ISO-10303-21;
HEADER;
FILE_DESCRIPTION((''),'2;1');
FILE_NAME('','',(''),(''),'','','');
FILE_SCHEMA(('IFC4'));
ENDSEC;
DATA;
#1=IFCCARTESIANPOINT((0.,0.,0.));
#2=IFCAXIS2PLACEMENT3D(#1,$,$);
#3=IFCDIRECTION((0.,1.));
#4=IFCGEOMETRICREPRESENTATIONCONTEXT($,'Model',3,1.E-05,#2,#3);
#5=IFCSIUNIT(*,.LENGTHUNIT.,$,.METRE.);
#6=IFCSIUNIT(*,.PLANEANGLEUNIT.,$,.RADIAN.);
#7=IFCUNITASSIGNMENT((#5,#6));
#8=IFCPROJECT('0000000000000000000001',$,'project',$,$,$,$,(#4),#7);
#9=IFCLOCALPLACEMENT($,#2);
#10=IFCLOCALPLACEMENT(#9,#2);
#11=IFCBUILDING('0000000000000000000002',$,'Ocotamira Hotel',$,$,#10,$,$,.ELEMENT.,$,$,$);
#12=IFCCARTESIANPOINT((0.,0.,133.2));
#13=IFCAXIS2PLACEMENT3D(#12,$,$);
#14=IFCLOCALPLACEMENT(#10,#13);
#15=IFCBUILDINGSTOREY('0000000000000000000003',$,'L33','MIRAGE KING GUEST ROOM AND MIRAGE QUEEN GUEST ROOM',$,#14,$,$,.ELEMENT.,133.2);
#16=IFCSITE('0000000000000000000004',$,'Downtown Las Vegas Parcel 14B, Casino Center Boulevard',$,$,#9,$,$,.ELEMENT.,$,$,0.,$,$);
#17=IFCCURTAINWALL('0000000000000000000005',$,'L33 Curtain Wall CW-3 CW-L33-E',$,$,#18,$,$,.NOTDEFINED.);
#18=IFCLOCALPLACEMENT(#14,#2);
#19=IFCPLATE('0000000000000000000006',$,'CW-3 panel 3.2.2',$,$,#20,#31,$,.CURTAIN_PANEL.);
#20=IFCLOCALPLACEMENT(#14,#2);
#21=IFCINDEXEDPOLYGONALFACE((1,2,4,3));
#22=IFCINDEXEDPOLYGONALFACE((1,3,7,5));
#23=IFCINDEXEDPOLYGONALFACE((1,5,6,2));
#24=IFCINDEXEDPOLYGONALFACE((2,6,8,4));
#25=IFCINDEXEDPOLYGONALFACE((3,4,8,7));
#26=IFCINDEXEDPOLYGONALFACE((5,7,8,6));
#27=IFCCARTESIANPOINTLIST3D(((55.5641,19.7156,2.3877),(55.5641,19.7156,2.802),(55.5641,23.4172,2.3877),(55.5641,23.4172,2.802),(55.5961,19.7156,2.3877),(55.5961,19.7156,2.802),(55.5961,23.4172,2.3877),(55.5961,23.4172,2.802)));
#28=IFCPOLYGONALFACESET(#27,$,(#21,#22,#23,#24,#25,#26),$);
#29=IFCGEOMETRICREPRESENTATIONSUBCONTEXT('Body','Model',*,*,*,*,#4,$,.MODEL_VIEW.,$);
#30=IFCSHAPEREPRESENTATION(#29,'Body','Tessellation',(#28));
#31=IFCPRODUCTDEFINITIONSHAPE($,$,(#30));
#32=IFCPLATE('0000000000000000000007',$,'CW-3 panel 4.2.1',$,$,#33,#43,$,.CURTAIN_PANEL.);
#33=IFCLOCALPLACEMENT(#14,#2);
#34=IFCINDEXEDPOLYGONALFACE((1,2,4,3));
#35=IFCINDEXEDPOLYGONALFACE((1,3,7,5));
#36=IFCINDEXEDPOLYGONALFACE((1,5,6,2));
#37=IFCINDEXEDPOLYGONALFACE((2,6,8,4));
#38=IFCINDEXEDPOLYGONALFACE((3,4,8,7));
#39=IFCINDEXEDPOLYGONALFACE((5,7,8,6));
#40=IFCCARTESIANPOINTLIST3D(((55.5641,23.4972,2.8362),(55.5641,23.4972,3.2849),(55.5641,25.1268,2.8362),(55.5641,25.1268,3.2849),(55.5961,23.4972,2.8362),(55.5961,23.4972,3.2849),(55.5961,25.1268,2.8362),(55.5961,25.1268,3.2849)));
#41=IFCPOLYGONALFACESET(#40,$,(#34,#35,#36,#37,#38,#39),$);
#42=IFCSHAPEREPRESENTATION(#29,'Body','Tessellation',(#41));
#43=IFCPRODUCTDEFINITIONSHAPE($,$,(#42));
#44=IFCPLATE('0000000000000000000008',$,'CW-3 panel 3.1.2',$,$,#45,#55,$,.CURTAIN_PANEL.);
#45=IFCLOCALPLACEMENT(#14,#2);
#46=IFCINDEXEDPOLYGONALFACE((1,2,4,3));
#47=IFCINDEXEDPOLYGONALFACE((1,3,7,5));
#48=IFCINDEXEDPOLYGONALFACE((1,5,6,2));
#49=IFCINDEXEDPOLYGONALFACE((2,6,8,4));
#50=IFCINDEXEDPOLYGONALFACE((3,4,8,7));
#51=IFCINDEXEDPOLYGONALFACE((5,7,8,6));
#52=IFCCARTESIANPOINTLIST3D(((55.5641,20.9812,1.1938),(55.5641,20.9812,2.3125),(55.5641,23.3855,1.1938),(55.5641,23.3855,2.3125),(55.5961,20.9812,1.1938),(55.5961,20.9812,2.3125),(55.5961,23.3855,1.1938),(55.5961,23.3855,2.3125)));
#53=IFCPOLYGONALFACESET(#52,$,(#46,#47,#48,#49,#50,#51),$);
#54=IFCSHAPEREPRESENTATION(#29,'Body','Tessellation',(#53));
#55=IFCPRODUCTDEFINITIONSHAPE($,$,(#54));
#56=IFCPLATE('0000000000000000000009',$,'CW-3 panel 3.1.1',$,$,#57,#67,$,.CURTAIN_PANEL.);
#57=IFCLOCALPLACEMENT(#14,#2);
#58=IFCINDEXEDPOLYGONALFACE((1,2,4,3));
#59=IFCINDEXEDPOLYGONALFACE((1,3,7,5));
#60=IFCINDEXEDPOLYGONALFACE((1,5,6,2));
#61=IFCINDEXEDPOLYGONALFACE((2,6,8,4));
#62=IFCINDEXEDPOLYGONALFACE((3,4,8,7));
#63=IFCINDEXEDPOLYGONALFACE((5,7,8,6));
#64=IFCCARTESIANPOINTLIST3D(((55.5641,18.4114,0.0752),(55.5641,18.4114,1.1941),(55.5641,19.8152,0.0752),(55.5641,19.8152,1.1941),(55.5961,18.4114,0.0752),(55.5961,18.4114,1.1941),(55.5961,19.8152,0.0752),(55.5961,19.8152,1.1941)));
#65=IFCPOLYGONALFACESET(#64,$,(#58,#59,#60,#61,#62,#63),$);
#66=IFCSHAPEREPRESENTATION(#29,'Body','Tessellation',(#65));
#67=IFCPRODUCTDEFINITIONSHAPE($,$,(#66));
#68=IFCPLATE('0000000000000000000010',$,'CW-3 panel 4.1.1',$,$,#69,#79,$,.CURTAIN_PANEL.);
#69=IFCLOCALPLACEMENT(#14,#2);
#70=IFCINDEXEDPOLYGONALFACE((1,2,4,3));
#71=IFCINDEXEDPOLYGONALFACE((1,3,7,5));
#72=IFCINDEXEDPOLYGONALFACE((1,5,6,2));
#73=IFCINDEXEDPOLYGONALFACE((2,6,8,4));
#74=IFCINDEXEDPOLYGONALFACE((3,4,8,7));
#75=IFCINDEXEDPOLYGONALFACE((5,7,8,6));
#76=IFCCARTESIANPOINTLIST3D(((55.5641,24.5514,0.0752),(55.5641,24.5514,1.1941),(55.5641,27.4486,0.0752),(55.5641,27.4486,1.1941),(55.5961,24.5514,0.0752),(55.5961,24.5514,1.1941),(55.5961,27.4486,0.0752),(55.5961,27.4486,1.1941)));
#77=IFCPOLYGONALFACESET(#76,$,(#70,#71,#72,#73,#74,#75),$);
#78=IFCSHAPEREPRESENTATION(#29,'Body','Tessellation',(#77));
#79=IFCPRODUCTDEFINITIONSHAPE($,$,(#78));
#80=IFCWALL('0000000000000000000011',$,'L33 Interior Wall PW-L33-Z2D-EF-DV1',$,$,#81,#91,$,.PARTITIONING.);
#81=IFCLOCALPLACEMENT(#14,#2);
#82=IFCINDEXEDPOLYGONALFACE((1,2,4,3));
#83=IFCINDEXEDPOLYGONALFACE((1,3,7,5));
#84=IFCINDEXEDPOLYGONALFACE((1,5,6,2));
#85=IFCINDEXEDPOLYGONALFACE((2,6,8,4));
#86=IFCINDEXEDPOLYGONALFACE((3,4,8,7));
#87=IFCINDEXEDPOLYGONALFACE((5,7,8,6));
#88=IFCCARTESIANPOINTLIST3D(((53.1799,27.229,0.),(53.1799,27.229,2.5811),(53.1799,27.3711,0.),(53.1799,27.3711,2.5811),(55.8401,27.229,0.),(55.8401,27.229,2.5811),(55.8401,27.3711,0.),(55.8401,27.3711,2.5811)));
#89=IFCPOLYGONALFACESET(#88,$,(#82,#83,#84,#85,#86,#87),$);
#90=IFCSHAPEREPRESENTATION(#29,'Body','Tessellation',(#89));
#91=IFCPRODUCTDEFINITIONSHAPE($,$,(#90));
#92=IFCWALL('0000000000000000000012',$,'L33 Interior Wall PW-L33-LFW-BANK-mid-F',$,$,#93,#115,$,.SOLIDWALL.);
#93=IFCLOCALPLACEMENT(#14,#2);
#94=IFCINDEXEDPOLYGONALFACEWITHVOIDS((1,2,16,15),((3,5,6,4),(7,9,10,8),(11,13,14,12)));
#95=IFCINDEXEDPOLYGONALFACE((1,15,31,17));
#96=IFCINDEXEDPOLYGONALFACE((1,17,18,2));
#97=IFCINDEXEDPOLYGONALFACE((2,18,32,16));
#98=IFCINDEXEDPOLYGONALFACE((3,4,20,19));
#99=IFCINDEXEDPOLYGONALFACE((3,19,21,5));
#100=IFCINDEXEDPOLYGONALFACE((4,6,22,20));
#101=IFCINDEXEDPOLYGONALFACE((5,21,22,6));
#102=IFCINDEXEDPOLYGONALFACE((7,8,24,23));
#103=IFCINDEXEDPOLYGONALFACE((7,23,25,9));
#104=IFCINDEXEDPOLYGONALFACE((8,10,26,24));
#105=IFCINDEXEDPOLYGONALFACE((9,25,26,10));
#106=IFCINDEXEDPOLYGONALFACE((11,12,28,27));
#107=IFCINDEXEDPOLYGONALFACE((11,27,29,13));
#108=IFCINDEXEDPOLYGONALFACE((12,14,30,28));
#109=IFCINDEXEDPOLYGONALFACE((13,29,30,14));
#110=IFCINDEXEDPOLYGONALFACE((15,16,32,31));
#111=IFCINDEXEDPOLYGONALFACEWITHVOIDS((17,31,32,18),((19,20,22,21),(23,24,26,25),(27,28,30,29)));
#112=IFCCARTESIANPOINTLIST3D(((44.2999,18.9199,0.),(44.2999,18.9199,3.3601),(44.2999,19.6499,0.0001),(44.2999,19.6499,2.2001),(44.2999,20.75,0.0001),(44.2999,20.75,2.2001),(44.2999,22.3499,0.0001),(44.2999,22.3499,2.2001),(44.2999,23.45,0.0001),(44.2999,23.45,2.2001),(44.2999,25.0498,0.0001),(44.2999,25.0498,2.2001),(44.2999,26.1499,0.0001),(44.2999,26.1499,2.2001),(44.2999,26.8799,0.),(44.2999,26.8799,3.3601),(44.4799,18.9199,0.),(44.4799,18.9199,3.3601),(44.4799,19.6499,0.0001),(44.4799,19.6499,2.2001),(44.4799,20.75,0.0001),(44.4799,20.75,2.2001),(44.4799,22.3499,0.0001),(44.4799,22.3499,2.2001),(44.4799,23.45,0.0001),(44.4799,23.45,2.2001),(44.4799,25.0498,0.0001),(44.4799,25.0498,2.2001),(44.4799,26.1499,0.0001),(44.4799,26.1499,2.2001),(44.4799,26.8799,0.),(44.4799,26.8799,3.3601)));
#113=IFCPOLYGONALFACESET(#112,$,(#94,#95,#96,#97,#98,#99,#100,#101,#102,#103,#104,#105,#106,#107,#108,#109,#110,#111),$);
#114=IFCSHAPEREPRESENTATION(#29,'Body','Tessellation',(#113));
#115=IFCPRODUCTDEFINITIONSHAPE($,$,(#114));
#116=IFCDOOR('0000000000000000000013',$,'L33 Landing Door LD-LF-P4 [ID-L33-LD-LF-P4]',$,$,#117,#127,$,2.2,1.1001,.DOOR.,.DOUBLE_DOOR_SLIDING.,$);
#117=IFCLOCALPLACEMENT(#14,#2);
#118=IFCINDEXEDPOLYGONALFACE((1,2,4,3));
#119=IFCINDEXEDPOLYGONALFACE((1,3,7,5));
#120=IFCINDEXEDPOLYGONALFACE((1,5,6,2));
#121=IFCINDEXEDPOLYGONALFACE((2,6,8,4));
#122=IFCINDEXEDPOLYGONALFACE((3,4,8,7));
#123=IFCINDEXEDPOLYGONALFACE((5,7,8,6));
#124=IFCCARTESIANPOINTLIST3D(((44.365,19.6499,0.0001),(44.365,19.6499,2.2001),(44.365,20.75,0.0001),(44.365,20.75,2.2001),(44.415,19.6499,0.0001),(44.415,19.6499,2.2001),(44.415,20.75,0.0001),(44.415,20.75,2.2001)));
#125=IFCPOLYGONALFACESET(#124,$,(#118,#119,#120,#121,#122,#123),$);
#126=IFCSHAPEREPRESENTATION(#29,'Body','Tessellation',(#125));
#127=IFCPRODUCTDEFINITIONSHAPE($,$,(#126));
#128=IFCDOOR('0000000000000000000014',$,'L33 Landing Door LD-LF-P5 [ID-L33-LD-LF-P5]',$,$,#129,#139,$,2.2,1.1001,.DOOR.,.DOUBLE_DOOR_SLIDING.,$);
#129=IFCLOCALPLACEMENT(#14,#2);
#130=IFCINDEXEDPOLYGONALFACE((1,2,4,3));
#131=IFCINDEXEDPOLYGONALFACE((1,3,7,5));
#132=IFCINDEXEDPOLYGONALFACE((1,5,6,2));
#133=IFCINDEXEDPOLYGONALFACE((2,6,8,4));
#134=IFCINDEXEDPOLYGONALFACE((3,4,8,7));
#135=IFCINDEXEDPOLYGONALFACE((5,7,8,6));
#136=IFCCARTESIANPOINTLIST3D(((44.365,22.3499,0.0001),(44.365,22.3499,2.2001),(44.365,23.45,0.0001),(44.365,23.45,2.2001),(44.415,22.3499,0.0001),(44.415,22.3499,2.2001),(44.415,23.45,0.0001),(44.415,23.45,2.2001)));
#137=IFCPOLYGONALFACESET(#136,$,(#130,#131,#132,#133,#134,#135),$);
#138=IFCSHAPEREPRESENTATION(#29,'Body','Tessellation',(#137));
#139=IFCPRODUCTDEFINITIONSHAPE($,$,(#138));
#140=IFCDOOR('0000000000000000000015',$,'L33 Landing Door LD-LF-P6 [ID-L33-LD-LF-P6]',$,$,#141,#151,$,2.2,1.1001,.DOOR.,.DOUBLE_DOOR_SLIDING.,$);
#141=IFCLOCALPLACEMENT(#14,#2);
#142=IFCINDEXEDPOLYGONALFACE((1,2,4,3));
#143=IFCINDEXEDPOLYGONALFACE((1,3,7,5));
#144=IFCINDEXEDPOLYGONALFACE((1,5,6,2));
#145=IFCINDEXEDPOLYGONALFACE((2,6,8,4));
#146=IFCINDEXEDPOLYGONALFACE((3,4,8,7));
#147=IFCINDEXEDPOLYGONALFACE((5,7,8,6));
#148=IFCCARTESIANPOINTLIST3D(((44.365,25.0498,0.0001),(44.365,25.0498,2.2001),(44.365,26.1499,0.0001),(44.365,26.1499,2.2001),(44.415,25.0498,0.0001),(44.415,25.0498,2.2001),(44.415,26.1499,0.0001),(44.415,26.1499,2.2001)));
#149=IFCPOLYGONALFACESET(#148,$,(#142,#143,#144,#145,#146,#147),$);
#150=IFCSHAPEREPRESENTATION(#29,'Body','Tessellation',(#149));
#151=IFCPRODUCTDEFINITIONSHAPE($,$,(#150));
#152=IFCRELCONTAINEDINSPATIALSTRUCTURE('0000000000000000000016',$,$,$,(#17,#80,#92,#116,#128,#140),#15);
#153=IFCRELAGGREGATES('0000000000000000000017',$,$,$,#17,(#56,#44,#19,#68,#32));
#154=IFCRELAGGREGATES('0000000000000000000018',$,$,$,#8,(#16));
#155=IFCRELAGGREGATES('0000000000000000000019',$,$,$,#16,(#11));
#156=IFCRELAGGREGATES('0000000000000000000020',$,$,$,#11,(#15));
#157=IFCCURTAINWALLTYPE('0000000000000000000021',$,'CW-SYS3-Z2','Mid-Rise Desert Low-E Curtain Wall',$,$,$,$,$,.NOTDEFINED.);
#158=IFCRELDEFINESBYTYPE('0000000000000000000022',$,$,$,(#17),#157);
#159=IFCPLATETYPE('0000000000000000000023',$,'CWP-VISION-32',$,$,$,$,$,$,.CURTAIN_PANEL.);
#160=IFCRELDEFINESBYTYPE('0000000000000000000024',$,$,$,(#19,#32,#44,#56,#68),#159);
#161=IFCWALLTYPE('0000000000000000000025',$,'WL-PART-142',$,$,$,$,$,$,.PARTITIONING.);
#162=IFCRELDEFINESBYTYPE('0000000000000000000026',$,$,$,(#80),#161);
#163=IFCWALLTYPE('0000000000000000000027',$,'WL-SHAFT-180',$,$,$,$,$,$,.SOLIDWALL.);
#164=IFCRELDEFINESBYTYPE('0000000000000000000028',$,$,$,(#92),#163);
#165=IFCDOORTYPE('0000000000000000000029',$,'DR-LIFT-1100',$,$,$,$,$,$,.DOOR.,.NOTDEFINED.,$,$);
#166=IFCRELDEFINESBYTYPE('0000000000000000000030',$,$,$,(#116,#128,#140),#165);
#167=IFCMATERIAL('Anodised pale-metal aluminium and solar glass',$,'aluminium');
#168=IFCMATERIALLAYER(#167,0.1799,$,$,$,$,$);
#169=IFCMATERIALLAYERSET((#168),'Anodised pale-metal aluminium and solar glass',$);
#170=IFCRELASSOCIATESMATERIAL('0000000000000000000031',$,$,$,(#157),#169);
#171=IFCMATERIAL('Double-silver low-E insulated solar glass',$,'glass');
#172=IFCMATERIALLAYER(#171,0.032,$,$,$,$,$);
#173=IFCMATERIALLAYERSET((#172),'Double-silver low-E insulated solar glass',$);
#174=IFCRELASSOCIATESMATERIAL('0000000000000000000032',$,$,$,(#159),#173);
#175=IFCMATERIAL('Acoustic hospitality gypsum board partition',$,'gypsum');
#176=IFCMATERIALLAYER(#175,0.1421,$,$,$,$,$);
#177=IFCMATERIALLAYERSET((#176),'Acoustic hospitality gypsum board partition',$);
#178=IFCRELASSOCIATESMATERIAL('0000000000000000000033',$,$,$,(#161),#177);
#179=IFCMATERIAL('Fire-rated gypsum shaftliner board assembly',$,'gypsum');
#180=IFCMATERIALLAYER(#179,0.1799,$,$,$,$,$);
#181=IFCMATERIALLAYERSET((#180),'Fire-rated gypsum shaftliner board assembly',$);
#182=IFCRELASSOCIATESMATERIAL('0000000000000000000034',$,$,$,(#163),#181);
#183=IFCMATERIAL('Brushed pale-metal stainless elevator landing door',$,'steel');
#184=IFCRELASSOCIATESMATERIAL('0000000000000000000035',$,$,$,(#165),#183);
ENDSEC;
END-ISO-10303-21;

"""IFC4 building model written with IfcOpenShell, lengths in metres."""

from ifc_helpers import new_model, si_unit, direction, frame, frame_2d, origin, origin_2d, place, context, subcontext, project, spatial, rectangle, extrude, source, transform, mapped, material, layer, layer_set, type_object, element, fill, aggregate, save


model = new_model("IFC4")

# Units and contexts
model_context = context("Model", 3, precision=1e-05, world=origin(), true_north=direction((0.0, 1.0)))
body_context = subcontext(model_context, "Body", "Model", "MODEL_VIEW")
ifc_project = project(units=[si_unit("LENGTHUNIT", "METRE"), si_unit("PLANEANGLEUNIT", "RADIAN")], contexts=[model_context])

# Site, building, storey
site_placement = place(None, origin())
site = spatial("IfcSite", under=ifc_project, at=site_placement, Name="Downtown Las Vegas Parcel 14B, Casino Center Boulevard", CompositionType="ELEMENT", RefElevation=0.0)
building_placement = place(site_placement, origin())
building = spatial("IfcBuilding", under=site, at=building_placement, Name="Ocotamira Hotel", CompositionType="ELEMENT")
storey_placement = place(building_placement, frame((0.0, 0.0, 133.2)))
storey = spatial("IfcBuildingStorey", under=building, at=storey_placement, Name="L33", Description="MIRAGE KING GUEST ROOM AND MIRAGE QUEEN GUEST ROOM", CompositionType="ELEMENT", Elevation=133.2)

# Curtain wall
ifc_material_1 = material(Name="Anodised pale-metal aluminium and solar glass", Category="aluminium")
ifc_layer_1 = layer(ifc_material_1, 0.1799)
ifc_layer_set_1 = layer_set([ifc_layer_1], Name="Anodised pale-metal aluminium and solar glass")
curtain_wall_type = type_object("IfcCurtainWallType", Name="CW-SYS3-Z2", Description="Mid-Rise Desert Low-E Curtain Wall", PredefinedType="NOTDEFINED", material=ifc_layer_set_1)
curtain_wall_placement = place(storey_placement, origin())
curtain_wall = element("IfcCurtainWall", 1, at=curtain_wall_placement, inside=storey, type_object=curtain_wall_type, Name="L33 Curtain Wall CW-3 CW-L33-E", PredefinedType="NOTDEFINED")

# Plates
ifc_material_2 = material(Name="Double-silver low-E insulated solar glass", Category="glass")
ifc_layer_2 = layer(ifc_material_2, 0.032)
ifc_layer_set_2 = layer_set([ifc_layer_2], Name="Double-silver low-E insulated solar glass")
plate_type_1 = type_object("IfcPlateType", Name="CWP-VISION-32", PredefinedType="CURTAIN_PANEL", material=ifc_layer_set_2)
shared_shape_1 = source(origin(), body_context, "Body", "SweptSolid", [
    extrude(rectangle(XDim=3.7017, YDim=0.032, at=origin_2d()), origin(), (0.0, 0.0, 1.0), 0.4143),
])
plate_1_placement = place(storey_placement, frame((55.5801, 21.5664, 2.3877), z_axis=(0.0, 0.0, 1.0), x_axis=(0.0, 1.0, 0.0)))
plate_1 = element("IfcPlate", 2, at=plate_1_placement, type_object=plate_type_1, Name="CW-3 panel 3.2.2", PredefinedType="CURTAIN_PANEL", context=body_context, shape_type="MappedRepresentation", body=[
    mapped(shared_shape_1, transform((0.0, 0.0, 0.0), scale=1.0)),
])
shared_shape_2 = source(origin(), body_context, "Body", "SweptSolid", [
    extrude(rectangle(XDim=1.6296, YDim=0.032, at=origin_2d()), origin(), (0.0, 0.0, 1.0), 0.4487),
])
plate_2_placement = place(storey_placement, frame((55.5801, 24.312, 2.8362), z_axis=(0.0, 0.0, 1.0), x_axis=(0.0, 1.0, 0.0)))
plate_2 = element("IfcPlate", 3, at=plate_2_placement, type_object=plate_type_1, Name="CW-3 panel 4.2.1", PredefinedType="CURTAIN_PANEL", context=body_context, shape_type="MappedRepresentation", body=[
    mapped(shared_shape_2, transform((0.0, 0.0, 0.0), scale=1.0)),
])
shared_shape_3 = source(origin(), body_context, "Body", "SweptSolid", [
    extrude(rectangle(XDim=2.4043, YDim=0.032, at=origin_2d()), origin(), (0.0, 0.0, 1.0), 1.1187),
])
plate_3_placement = place(storey_placement, frame((55.5801, 22.1833, 1.1938), z_axis=(0.0, 0.0, 1.0), x_axis=(0.0, 1.0, 0.0)))
plate_3 = element("IfcPlate", 4, at=plate_3_placement, type_object=plate_type_1, Name="CW-3 panel 3.1.2", PredefinedType="CURTAIN_PANEL", context=body_context, shape_type="MappedRepresentation", body=[
    mapped(shared_shape_3, transform((0.0, 0.0, 0.0), scale=1.0)),
])
shared_shape_4 = source(origin(), body_context, "Body", "SweptSolid", [
    extrude(rectangle(XDim=1.4038, YDim=0.032, at=origin_2d()), origin(), (0.0, 0.0, 1.0), 1.1189),
])
plate_4_placement = place(storey_placement, frame((55.5801, 19.1133, 0.0752), z_axis=(0.0, 0.0, 1.0), x_axis=(0.0, 1.0, 0.0)))
plate_4 = element("IfcPlate", 5, at=plate_4_placement, type_object=plate_type_1, Name="CW-3 panel 3.1.1", PredefinedType="CURTAIN_PANEL", context=body_context, shape_type="MappedRepresentation", body=[
    mapped(shared_shape_4, transform((0.0, 0.0, 0.0), scale=1.0)),
])
shared_shape_5 = source(origin(), body_context, "Body", "SweptSolid", [
    extrude(rectangle(XDim=2.8972, YDim=0.032, at=origin_2d()), origin(), (0.0, 0.0, 1.0), 1.1189),
])
plate_5_placement = place(storey_placement, frame((55.5801, 26.0, 0.0752), z_axis=(0.0, 0.0, 1.0), x_axis=(0.0, 1.0, 0.0)))
plate_5 = element("IfcPlate", 6, at=plate_5_placement, type_object=plate_type_1, Name="CW-3 panel 4.1.1", PredefinedType="CURTAIN_PANEL", context=body_context, shape_type="MappedRepresentation", body=[
    mapped(shared_shape_5, transform((0.0, 0.0, 0.0), scale=1.0)),
])
aggregate(curtain_wall, [plate_4, plate_3, plate_1, plate_5, plate_2])

# Wall
ifc_material_3 = material(Name="Acoustic hospitality gypsum board partition", Category="gypsum")
ifc_layer_3 = layer(ifc_material_3, 0.1421)
ifc_layer_set_3 = layer_set([ifc_layer_3], Name="Acoustic hospitality gypsum board partition")
wall_type_1 = type_object("IfcWallType", Name="WL-PART-142", PredefinedType="PARTITIONING", material=ifc_layer_set_3)
wall_1_placement = place(storey_placement, frame((53.1799, 27.3, 0.0), z_axis=(0.0, 0.0, 1.0), x_axis=(1.0, 0.0, 0.0)))
element("IfcWall", 7, at=wall_1_placement, inside=storey, type_object=wall_type_1, Name="L33 Interior Wall PW-L33-Z2D-EF-DV1", PredefinedType="PARTITIONING", context=body_context, shape_type="SweptSolid", body=[
    extrude(rectangle(XDim=2.6602, YDim=0.1421, at=frame_2d((1.3301, 0.0))), origin(), (0.0, 0.0, 1.0), 2.5811),
])

# Wall, openings, doors
ifc_material_4 = material(Name="Fire-rated gypsum shaftliner board assembly", Category="gypsum")
ifc_layer_4 = layer(ifc_material_4, 0.1799)
ifc_layer_set_4 = layer_set([ifc_layer_4], Name="Fire-rated gypsum shaftliner board assembly")
wall_type_2 = type_object("IfcWallType", Name="WL-SHAFT-180", PredefinedType="SOLIDWALL", material=ifc_layer_set_4)
wall_2_placement = place(storey_placement, frame((44.3899, 18.9199, 0.0), z_axis=(0.0, 0.0, 1.0), x_axis=(0.0, 1.0, 0.0)))
wall_2 = element("IfcWall", 8, at=wall_2_placement, inside=storey, type_object=wall_type_2, Name="L33 Interior Wall PW-L33-LFW-BANK-mid-F", PredefinedType="SOLIDWALL", context=body_context, shape_type="SweptSolid", body=[
    extrude(rectangle(XDim=7.96, YDim=0.1799, at=frame_2d((3.98, 0.0))), origin(), (0.0, 0.0, 1.0), 3.3601),
])
opening_1_placement = place(wall_2_placement, frame((0.73, 0.0, 0.0)))
opening_1 = element("IfcOpeningElement", 9, at=opening_1_placement, cuts=wall_2, PredefinedType="OPENING", context=body_context, shape_type="SweptSolid", body=[
    extrude(rectangle(XDim=1.1001, YDim=2.2, at=frame_2d((0.55, 1.1001))), frame((0.0, 0.1001, 0.0), z_axis=(0.0, -1.0, 0.0), x_axis=(1.0, 0.0, 0.0)), (0.0, 0.0, 1.0), 0.2),
])
opening_2_placement = place(wall_2_placement, frame((3.4299, 0.0, 0.0)))
opening_2 = element("IfcOpeningElement", 10, at=opening_2_placement, cuts=wall_2, PredefinedType="OPENING", context=body_context, shape_type="SweptSolid", body=[
    extrude(rectangle(XDim=1.1001, YDim=2.2, at=frame_2d((0.55, 1.1001))), frame((0.0, 0.1001, 0.0), z_axis=(0.0, -1.0, 0.0), x_axis=(1.0, 0.0, 0.0)), (0.0, 0.0, 1.0), 0.2),
])
opening_3_placement = place(wall_2_placement, frame((6.1299, 0.0, 0.0)))
opening_3 = element("IfcOpeningElement", 11, at=opening_3_placement, cuts=wall_2, PredefinedType="OPENING", context=body_context, shape_type="SweptSolid", body=[
    extrude(rectangle(XDim=1.1001, YDim=2.2, at=frame_2d((0.55, 1.1001))), frame((0.0, 0.1001, 0.0), z_axis=(0.0, -1.0, 0.0), x_axis=(1.0, 0.0, 0.0)), (0.0, 0.0, 1.0), 0.2),
])
ifc_material_5 = material(Name="Brushed pale-metal stainless elevator landing door", Category="steel")
door_type = type_object("IfcDoorType", Name="DR-LIFT-1100", OperationType="NOTDEFINED", PredefinedType="DOOR", material=ifc_material_5)
shared_shape_6 = source(origin(), body_context, "Body", "SweptSolid", [
    extrude(rectangle(XDim=1.1001, YDim=2.2, at=frame_2d((0.55, 1.1001))), frame((0.0, 0.0249, 0.0), z_axis=(0.0, -1.0, 0.0), x_axis=(1.0, 0.0, 0.0)), (0.0, 0.0, 1.0), 0.05),
])
door_1_placement = place(opening_1_placement, origin())
door_1 = element("IfcDoor", 12, at=door_1_placement, inside=storey, type_object=door_type, Name="L33 Landing Door LD-LF-P4 [ID-L33-LD-LF-P4]", OperationType="DOUBLE_DOOR_SLIDING", OverallHeight=2.2, OverallWidth=1.1001, PredefinedType="DOOR", context=body_context, shape_type="MappedRepresentation", body=[
    mapped(shared_shape_6, transform((0.0, 0.0, 0.0), scale=1.0)),
])
fill(opening_1, door_1)
door_2_placement = place(opening_2_placement, origin())
door_2 = element("IfcDoor", 13, at=door_2_placement, inside=storey, type_object=door_type, Name="L33 Landing Door LD-LF-P5 [ID-L33-LD-LF-P5]", OperationType="DOUBLE_DOOR_SLIDING", OverallHeight=2.2, OverallWidth=1.1001, PredefinedType="DOOR", context=body_context, shape_type="MappedRepresentation", body=[
    mapped(shared_shape_6, transform((0.0, 0.0, 0.0), scale=1.0)),
])
fill(opening_2, door_2)
door_3_placement = place(opening_3_placement, origin())
door_3 = element("IfcDoor", 14, at=door_3_placement, inside=storey, type_object=door_type, Name="L33 Landing Door LD-LF-P6 [ID-L33-LD-LF-P6]", OperationType="DOUBLE_DOOR_SLIDING", OverallHeight=2.2, OverallWidth=1.1001, PredefinedType="DOOR", context=body_context, shape_type="MappedRepresentation", body=[
    mapped(shared_shape_6, transform((0.0, 0.0, 0.0), scale=1.0)),
])
fill(opening_3, door_3)

save(model, "model.ifc")
